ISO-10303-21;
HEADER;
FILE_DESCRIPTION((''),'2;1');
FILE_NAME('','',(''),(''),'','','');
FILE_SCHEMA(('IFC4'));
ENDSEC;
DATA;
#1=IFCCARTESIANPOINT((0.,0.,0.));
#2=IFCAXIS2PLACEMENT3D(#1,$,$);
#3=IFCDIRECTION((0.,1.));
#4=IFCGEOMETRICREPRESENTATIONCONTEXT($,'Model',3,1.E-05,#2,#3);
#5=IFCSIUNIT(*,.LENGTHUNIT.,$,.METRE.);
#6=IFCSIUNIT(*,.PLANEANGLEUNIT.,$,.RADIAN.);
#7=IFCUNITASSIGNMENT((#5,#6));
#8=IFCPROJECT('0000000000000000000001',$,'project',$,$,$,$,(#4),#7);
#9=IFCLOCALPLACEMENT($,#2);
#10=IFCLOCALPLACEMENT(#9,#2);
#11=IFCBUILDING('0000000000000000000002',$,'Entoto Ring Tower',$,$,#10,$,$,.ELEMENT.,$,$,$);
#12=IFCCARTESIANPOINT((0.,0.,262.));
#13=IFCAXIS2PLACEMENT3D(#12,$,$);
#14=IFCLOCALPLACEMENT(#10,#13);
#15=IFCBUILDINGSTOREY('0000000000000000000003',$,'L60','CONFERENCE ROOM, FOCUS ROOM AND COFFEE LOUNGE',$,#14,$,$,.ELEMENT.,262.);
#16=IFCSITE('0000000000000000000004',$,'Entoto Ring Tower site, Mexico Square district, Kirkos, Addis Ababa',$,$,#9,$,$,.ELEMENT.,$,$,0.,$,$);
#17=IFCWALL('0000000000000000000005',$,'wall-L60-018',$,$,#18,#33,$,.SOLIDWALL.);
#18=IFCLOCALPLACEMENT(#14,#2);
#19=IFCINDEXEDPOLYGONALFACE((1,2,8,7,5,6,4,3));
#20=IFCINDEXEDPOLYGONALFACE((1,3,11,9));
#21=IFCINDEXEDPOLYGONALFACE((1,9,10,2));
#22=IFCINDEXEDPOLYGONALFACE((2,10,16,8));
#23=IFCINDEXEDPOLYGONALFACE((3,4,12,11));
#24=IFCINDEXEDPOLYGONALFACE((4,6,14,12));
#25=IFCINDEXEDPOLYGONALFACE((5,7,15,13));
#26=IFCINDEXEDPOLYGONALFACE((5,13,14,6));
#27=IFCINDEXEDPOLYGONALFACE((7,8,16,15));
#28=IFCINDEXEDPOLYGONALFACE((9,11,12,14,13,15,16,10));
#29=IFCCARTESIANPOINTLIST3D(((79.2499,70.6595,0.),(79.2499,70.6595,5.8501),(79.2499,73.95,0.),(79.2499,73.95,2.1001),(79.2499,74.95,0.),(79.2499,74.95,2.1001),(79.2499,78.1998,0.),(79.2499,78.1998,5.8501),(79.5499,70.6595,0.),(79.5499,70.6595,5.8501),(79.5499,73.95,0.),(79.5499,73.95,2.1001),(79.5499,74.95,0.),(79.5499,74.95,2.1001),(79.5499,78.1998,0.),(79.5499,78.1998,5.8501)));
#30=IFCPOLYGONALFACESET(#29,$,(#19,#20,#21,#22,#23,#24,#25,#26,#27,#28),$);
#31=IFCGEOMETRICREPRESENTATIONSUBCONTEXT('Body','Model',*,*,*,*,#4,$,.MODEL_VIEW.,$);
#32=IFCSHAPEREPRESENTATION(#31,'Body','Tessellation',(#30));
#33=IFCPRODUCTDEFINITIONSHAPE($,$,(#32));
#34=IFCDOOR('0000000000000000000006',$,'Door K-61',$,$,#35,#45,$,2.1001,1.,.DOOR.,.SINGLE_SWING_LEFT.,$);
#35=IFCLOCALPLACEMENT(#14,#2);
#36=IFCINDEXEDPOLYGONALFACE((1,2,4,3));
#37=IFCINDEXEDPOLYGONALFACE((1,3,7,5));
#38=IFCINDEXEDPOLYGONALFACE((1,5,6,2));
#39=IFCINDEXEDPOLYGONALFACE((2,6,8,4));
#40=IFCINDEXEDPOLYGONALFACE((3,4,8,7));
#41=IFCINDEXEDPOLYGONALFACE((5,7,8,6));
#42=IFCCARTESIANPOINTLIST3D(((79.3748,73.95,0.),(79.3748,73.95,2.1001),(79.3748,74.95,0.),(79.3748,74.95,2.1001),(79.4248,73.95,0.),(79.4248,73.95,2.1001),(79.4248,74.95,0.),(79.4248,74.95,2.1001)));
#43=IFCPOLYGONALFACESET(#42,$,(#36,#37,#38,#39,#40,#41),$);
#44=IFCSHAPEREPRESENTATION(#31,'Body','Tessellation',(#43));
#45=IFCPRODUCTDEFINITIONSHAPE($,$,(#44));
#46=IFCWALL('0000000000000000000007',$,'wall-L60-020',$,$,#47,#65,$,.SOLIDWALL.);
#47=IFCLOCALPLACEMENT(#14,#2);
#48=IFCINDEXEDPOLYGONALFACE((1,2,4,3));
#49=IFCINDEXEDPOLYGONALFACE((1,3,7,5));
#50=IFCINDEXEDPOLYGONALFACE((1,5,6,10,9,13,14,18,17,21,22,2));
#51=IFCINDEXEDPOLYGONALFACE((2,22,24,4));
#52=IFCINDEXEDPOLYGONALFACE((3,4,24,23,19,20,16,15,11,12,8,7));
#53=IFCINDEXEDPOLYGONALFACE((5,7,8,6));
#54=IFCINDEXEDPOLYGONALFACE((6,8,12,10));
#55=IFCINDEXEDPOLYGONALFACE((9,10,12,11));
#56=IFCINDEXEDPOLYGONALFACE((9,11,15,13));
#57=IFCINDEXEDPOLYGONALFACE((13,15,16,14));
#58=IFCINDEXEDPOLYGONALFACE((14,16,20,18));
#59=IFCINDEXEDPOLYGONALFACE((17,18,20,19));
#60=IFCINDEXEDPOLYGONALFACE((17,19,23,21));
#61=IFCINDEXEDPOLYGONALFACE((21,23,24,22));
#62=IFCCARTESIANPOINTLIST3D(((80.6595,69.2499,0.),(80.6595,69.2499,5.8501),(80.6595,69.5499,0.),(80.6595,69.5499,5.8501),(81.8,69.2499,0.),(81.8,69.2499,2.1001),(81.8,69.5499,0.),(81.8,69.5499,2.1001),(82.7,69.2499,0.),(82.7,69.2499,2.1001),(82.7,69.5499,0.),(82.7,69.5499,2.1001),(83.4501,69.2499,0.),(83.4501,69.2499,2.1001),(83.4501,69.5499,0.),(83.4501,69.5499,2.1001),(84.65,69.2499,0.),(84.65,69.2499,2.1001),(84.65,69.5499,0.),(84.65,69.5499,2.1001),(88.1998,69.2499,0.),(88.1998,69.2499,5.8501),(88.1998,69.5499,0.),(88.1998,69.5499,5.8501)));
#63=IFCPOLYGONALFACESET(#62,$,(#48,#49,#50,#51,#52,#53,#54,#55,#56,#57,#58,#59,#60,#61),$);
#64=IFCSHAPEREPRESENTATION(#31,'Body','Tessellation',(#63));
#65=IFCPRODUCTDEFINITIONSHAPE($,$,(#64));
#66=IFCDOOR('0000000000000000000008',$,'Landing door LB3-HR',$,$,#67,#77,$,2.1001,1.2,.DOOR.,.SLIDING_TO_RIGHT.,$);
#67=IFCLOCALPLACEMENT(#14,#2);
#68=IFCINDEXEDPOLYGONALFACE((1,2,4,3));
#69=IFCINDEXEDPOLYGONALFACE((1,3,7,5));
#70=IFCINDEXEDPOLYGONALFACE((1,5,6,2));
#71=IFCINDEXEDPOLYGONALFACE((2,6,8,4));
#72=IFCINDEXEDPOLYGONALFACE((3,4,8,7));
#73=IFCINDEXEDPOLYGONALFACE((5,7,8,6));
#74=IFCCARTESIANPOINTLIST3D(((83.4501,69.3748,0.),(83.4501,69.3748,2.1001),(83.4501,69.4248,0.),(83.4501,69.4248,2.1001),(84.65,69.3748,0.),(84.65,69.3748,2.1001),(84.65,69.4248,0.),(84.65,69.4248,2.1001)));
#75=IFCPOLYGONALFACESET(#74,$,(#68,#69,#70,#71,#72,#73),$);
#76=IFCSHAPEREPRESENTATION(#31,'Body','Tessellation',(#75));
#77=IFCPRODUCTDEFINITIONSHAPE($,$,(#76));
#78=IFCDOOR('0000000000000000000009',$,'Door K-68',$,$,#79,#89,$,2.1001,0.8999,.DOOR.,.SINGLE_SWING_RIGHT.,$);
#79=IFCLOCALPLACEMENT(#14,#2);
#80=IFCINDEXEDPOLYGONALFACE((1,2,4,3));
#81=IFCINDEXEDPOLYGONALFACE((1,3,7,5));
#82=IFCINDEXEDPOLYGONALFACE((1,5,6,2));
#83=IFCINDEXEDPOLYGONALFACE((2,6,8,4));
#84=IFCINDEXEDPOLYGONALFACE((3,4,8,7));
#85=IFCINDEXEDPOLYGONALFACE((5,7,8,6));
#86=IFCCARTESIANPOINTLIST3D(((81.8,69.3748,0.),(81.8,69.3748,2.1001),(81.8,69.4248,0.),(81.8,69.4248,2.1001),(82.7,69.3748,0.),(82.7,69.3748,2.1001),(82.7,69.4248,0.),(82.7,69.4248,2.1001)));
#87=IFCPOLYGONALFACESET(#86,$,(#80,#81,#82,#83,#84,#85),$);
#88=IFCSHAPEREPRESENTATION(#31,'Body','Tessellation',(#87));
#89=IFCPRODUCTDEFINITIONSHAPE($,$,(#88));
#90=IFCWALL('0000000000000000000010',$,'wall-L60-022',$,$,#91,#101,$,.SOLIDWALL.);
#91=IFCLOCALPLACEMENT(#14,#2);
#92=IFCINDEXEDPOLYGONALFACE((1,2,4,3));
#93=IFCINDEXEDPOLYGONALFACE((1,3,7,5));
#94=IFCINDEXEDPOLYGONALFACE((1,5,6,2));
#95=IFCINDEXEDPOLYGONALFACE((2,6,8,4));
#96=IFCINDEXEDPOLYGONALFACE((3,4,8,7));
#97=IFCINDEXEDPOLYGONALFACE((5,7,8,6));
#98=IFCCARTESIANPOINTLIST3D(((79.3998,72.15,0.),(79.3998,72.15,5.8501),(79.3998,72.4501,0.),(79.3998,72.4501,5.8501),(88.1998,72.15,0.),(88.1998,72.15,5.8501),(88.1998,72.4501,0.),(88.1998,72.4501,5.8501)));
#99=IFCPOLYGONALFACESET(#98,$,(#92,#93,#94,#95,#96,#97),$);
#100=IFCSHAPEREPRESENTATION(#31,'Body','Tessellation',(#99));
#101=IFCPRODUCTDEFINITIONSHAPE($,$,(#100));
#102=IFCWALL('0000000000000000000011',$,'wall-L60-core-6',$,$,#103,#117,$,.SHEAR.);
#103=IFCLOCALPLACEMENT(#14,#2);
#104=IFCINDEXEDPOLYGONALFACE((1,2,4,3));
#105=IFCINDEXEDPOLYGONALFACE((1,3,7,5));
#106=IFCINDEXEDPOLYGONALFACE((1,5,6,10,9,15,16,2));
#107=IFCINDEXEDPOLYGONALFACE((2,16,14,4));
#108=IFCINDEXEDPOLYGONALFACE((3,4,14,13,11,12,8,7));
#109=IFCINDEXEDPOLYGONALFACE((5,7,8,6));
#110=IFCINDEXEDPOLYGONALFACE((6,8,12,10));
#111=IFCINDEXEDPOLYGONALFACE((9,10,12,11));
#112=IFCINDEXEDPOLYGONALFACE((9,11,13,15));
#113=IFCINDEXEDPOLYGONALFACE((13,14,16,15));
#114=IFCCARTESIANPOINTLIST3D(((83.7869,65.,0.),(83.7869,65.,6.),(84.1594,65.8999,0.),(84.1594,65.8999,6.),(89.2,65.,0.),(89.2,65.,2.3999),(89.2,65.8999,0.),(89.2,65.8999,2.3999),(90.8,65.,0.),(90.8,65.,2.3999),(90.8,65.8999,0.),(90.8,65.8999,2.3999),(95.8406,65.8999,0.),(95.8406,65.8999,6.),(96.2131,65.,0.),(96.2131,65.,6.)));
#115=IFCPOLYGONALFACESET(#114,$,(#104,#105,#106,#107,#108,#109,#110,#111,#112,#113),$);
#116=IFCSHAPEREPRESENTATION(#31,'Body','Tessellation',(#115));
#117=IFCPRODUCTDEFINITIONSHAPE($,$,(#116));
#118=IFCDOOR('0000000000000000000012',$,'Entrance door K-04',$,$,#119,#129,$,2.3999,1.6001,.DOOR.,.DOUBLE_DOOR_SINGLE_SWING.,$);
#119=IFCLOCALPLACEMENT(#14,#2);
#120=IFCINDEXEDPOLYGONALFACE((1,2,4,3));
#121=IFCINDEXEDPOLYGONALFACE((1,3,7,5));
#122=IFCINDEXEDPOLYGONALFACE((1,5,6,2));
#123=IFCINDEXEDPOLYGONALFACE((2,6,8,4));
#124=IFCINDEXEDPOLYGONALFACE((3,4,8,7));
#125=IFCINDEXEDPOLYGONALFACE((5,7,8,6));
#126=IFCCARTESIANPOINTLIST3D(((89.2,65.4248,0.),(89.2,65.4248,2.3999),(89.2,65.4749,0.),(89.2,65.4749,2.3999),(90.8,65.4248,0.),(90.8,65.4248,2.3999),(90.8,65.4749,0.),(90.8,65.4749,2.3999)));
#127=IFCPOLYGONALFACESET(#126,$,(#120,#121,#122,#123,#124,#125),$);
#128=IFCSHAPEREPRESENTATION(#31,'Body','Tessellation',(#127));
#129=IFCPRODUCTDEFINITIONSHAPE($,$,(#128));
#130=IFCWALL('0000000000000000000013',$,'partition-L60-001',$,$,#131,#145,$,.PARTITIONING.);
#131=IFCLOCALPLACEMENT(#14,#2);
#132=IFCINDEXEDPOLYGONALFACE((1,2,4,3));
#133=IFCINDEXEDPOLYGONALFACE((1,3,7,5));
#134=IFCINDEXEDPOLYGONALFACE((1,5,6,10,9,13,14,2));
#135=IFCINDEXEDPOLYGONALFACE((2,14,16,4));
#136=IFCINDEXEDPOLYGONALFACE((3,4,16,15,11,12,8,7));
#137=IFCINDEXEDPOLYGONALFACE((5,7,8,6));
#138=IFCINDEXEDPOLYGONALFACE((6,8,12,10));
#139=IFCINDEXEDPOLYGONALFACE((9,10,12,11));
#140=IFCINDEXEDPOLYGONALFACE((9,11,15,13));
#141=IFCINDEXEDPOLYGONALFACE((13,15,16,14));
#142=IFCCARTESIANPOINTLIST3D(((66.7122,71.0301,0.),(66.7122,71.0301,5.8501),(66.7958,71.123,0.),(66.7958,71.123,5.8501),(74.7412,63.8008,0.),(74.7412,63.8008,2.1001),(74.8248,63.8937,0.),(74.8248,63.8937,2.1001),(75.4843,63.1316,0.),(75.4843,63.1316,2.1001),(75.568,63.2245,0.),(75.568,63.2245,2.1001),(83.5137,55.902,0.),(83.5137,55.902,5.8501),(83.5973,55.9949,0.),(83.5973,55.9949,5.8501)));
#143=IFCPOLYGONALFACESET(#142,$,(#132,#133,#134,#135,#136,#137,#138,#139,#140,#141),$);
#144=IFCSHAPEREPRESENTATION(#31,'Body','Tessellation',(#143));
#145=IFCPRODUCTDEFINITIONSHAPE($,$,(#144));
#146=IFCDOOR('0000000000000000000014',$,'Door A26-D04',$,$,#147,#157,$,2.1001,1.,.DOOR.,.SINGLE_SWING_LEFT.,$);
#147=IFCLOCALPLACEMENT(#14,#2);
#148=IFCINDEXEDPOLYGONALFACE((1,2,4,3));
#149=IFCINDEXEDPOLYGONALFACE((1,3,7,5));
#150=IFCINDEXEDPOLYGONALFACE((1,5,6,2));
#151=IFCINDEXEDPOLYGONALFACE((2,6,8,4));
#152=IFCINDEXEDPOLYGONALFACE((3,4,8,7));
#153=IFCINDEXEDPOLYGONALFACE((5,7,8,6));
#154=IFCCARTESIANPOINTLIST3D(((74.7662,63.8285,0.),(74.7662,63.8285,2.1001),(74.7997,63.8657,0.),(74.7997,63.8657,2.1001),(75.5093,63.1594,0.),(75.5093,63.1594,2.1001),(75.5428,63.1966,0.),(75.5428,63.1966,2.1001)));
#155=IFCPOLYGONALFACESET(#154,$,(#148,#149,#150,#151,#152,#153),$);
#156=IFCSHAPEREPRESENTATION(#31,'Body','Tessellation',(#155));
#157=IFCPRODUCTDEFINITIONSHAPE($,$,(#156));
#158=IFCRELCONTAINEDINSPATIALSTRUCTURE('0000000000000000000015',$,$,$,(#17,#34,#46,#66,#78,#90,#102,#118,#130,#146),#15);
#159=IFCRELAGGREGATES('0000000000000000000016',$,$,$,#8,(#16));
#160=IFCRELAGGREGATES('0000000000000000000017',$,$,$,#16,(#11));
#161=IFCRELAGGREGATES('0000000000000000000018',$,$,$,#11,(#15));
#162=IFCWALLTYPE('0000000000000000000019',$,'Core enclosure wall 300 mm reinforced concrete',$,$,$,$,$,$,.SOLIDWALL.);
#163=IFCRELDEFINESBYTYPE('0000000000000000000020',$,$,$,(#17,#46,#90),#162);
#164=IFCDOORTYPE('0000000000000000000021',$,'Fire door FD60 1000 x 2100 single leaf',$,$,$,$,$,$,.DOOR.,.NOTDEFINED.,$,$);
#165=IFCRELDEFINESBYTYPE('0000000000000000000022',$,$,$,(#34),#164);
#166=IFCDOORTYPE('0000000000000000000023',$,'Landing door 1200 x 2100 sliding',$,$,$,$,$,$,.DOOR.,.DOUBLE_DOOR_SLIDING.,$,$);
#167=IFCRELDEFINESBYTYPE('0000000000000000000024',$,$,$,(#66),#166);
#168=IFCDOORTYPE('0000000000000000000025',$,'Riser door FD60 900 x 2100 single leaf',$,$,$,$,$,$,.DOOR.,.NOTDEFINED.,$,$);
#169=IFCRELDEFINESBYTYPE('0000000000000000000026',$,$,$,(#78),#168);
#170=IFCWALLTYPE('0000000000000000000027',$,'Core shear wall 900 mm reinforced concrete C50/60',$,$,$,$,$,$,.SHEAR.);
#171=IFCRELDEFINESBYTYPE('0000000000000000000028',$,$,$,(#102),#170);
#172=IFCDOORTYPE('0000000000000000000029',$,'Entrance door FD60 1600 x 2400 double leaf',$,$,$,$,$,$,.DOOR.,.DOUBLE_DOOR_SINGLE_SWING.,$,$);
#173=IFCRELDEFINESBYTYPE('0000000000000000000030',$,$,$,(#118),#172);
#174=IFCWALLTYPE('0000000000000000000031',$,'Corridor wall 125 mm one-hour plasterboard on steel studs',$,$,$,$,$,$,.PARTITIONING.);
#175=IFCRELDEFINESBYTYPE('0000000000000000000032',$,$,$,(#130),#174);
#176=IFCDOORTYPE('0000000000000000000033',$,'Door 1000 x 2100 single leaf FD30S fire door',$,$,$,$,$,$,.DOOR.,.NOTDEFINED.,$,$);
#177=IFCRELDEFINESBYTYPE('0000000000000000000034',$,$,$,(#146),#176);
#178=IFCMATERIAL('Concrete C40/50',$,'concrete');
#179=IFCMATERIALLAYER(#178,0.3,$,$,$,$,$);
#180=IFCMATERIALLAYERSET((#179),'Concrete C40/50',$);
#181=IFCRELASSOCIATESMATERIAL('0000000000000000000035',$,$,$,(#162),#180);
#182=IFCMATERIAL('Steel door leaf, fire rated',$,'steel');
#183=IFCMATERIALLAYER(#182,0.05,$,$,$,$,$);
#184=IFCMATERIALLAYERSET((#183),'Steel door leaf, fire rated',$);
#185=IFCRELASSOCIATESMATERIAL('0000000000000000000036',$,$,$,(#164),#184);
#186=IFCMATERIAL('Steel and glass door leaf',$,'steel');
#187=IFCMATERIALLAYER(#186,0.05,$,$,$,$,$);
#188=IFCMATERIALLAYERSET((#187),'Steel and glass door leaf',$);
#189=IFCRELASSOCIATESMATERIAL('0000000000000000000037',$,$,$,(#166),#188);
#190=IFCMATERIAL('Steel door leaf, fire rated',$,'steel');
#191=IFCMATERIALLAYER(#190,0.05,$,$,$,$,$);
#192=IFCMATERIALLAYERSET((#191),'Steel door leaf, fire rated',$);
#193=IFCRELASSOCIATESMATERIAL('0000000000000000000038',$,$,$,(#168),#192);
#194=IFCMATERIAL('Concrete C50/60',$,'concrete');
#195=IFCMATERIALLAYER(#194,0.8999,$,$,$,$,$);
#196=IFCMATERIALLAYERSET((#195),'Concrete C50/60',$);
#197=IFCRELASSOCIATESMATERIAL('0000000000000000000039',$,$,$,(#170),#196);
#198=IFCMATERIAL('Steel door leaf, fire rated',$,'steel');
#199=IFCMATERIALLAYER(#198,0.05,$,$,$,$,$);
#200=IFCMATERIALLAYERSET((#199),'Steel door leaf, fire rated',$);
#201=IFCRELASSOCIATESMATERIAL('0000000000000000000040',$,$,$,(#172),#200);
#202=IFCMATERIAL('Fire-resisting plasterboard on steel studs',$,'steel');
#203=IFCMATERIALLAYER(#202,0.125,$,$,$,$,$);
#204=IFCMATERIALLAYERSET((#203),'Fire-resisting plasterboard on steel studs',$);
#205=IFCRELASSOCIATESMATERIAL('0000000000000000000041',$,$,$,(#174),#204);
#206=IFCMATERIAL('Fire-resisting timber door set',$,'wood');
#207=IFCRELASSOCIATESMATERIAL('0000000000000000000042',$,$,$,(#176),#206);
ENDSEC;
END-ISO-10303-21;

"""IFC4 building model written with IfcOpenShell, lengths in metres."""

from ifc_helpers import new_model, si_unit, direction, frame, frame_2d, origin, place, context, subcontext, project, spatial, polyline, rectangle, outline, extrude, material, layer, layer_set, type_object, element, fill, save


model = new_model("IFC4")

# Units and contexts
model_context = context("Model", 3, precision=1e-05, world=origin(), true_north=direction((0.0, 1.0)))
body_context = subcontext(model_context, "Body", "Model", "MODEL_VIEW")
ifc_project = project(units=[si_unit("LENGTHUNIT", "METRE"), si_unit("PLANEANGLEUNIT", "RADIAN")], contexts=[model_context])

# Site, building, storey
site_placement = place(None, origin())
site = spatial("IfcSite", under=ifc_project, at=site_placement, Name="Entoto Ring Tower site, Mexico Square district, Kirkos, Addis Ababa", CompositionType="ELEMENT", RefElevation=0.0)
building_placement = place(site_placement, origin())
building = spatial("IfcBuilding", under=site, at=building_placement, Name="Entoto Ring Tower", CompositionType="ELEMENT")
storey_placement = place(building_placement, frame((0.0, 0.0, 262.0)))
storey = spatial("IfcBuildingStorey", under=building, at=storey_placement, Name="L60", Description="CONFERENCE ROOM, FOCUS ROOM AND COFFEE LOUNGE", CompositionType="ELEMENT", Elevation=262.0)

# Shared definitions
ifc_material_1 = material(Name="Concrete C40/50", Category="concrete")
ifc_layer_1 = layer(ifc_material_1, 0.3)
ifc_layer_set_1 = layer_set([ifc_layer_1], Name="Concrete C40/50")
wall_type_1 = type_object("IfcWallType", Name="Core enclosure wall 300 mm reinforced concrete", PredefinedType="SOLIDWALL", material=ifc_layer_set_1)

# Wall, opening, door
wall_1_placement = place(storey_placement, frame((79.3999, 70.6597, 0.0), z_axis=(0.0, 0.0, 1.0), x_axis=(0.0, 1.0, 0.0)))
wall_1 = element("IfcWall", 1, at=wall_1_placement, inside=storey, type_object=wall_type_1, Name="wall-L60-018", PredefinedType="SOLIDWALL", context=body_context, shape_type="SweptSolid", body=[
    extrude(rectangle(XDim=7.5403, YDim=0.3, at=frame_2d((3.77, 0.0))), origin(), (0.0, 0.0, 1.0), 5.8501),
])
opening_1_placement = place(wall_1_placement, frame((3.2903, 0.0, 0.0)))
opening_1 = element("IfcOpeningElement", 2, at=opening_1_placement, cuts=wall_1, PredefinedType="OPENING", context=body_context, shape_type="SweptSolid", body=[
    extrude(rectangle(XDim=1.0, YDim=2.1001, at=frame_2d((0.5, 1.05))), frame((0.0, 0.1602, 0.0), z_axis=(0.0, -1.0, 0.0), x_axis=(1.0, 0.0, 0.0)), (0.0, 0.0, 1.0), 0.3201),
])
ifc_material_2 = material(Name="Steel door leaf, fire rated", Category="steel")
ifc_layer_2 = layer(ifc_material_2, 0.05)
ifc_layer_set_2 = layer_set([ifc_layer_2], Name="Steel door leaf, fire rated")
door_type_1 = type_object("IfcDoorType", Name="Fire door FD60 1000 x 2100 single leaf", OperationType="NOTDEFINED", PredefinedType="DOOR", material=ifc_layer_set_2)
door_1_placement = place(opening_1_placement, frame((1.0, 0.0, 0.0), z_axis=(0.0, 0.0, 1.0), x_axis=(-1.0, 0.0, 0.0)))
door_1 = element("IfcDoor", 3, at=door_1_placement, inside=storey, type_object=door_type_1, Name="Door K-61", OperationType="SINGLE_SWING_LEFT", OverallHeight=2.1001, OverallWidth=1.0, PredefinedType="DOOR", context=body_context, shape_type="SweptSolid", body=[
    extrude(rectangle(XDim=1.0, YDim=2.1001, at=frame_2d((0.5, 1.05))), frame((0.0, 0.0249, 0.0), z_axis=(0.0, -1.0, 0.0), x_axis=(1.0, 0.0, 0.0)), (0.0, 0.0, 1.0), 0.05),
])
fill(opening_1, door_1)

# Wall, openings, doors
wall_2_placement = place(storey_placement, frame((80.6597, 69.3999, 0.0), z_axis=(0.0, 0.0, 1.0), x_axis=(1.0, 0.0, 0.0)))
wall_2 = element("IfcWall", 4, at=wall_2_placement, inside=storey, type_object=wall_type_1, Name="wall-L60-020", PredefinedType="SOLIDWALL", context=body_context, shape_type="SweptSolid", body=[
    extrude(rectangle(XDim=7.5403, YDim=0.3, at=frame_2d((3.77, 0.0))), origin(), (0.0, 0.0, 1.0), 5.8501),
])
opening_2_placement = place(wall_2_placement, frame((2.7903, 0.0, 0.0)))
opening_2 = element("IfcOpeningElement", 5, at=opening_2_placement, cuts=wall_2, PredefinedType="OPENING", context=body_context, shape_type="SweptSolid", body=[
    extrude(rectangle(XDim=1.2, YDim=2.1001, at=frame_2d((0.6001, 1.05))), frame((0.0, 0.1602, 0.0), z_axis=(0.0, -1.0, 0.0), x_axis=(1.0, 0.0, 0.0)), (0.0, 0.0, 1.0), 0.3201),
])
opening_3_placement = place(wall_2_placement, frame((1.1404, 0.0, 0.0)))
opening_3 = element("IfcOpeningElement", 6, at=opening_3_placement, cuts=wall_2, PredefinedType="OPENING", context=body_context, shape_type="SweptSolid", body=[
    extrude(rectangle(XDim=0.8999, YDim=2.1001, at=frame_2d((0.45, 1.05))), frame((0.0, 0.1602, 0.0), z_axis=(0.0, -1.0, 0.0), x_axis=(1.0, 0.0, 0.0)), (0.0, 0.0, 1.0), 0.3201),
])
ifc_material_3 = material(Name="Steel and glass door leaf", Category="steel")
ifc_layer_3 = layer(ifc_material_3, 0.05)
ifc_layer_set_3 = layer_set([ifc_layer_3], Name="Steel and glass door leaf")
door_type_2 = type_object("IfcDoorType", Name="Landing door 1200 x 2100 sliding", OperationType="DOUBLE_DOOR_SLIDING", PredefinedType="DOOR", material=ifc_layer_set_3)
door_2_placement = place(opening_2_placement, origin())
door_2 = element("IfcDoor", 7, at=door_2_placement, inside=storey, type_object=door_type_2, Name="Landing door LB3-HR", OperationType="SLIDING_TO_RIGHT", OverallHeight=2.1001, OverallWidth=1.2, PredefinedType="DOOR", context=body_context, shape_type="SweptSolid", body=[
    extrude(rectangle(XDim=1.2, YDim=2.1001, at=frame_2d((0.6001, 1.05))), frame((0.0, 0.0249, 0.0), z_axis=(0.0, -1.0, 0.0), x_axis=(1.0, 0.0, 0.0)), (0.0, 0.0, 1.0), 0.05),
])
fill(opening_2, door_2)
ifc_material_4 = material(Name="Steel door leaf, fire rated", Category="steel")
ifc_layer_4 = layer(ifc_material_4, 0.05)
ifc_layer_set_4 = layer_set([ifc_layer_4], Name="Steel door leaf, fire rated")
door_type_3 = type_object("IfcDoorType", Name="Riser door FD60 900 x 2100 single leaf", OperationType="NOTDEFINED", PredefinedType="DOOR", material=ifc_layer_set_4)
door_3_placement = place(opening_3_placement, origin())
door_3 = element("IfcDoor", 8, at=door_3_placement, inside=storey, type_object=door_type_3, Name="Door K-68", OperationType="SINGLE_SWING_RIGHT", OverallHeight=2.1001, OverallWidth=0.8999, PredefinedType="DOOR", context=body_context, shape_type="SweptSolid", body=[
    extrude(rectangle(XDim=0.8999, YDim=2.1001, at=frame_2d((0.45, 1.05))), frame((0.0, 0.0249, 0.0), z_axis=(0.0, -1.0, 0.0), x_axis=(1.0, 0.0, 0.0)), (0.0, 0.0, 1.0), 0.05),
])
fill(opening_3, door_3)

# Wall
wall_3_placement = place(storey_placement, frame((79.3999, 72.3, 0.0), z_axis=(0.0, 0.0, 1.0), x_axis=(1.0, 0.0, 0.0)))
element("IfcWall", 9, at=wall_3_placement, inside=storey, type_object=wall_type_1, Name="wall-L60-022", PredefinedType="SOLIDWALL", context=body_context, shape_type="SweptSolid", body=[
    extrude(rectangle(XDim=8.8, YDim=0.3, at=frame_2d((4.3999, 0.0))), origin(), (0.0, 0.0, 1.0), 5.8501),
])

# Walls, openings, doors
ifc_material_5 = material(Name="Concrete C50/60", Category="concrete")
ifc_layer_5 = layer(ifc_material_5, 0.8999)
ifc_layer_set_5 = layer_set([ifc_layer_5], Name="Concrete C50/60")
wall_type_2 = type_object("IfcWallType", Name="Core shear wall 900 mm reinforced concrete C50/60", PredefinedType="SHEAR", material=ifc_layer_set_5)
wall_4_placement = place(storey_placement, frame((83.9731, 65.45, 0.0), z_axis=(0.0, 0.0, 1.0), x_axis=(1.0, 0.0, 0.0)))
wall_4 = element("IfcWall", 10, at=wall_4_placement, inside=storey, type_object=wall_type_2, Name="wall-L60-core-6", PredefinedType="SHEAR", context=body_context, shape_type="SweptSolid", body=[
    extrude(outline(polyline([(-0.1863, -0.45), (12.24, -0.45), (11.8674, 0.45), (0.1863, 0.45), (-0.1863, -0.45)])), origin(), (0.0, 0.0, 1.0), 6.0),
])
opening_4_placement = place(wall_4_placement, frame((5.2268, 0.0, 0.0)))
opening_4 = element("IfcOpeningElement", 11, at=opening_4_placement, cuts=wall_4, PredefinedType="OPENING", context=body_context, shape_type="SweptSolid", body=[
    extrude(rectangle(XDim=1.6001, YDim=2.3999, at=frame_2d((0.8, 1.2))), frame((0.0, 0.46, 0.0), z_axis=(0.0, -1.0, 0.0), x_axis=(1.0, 0.0, 0.0)), (0.0, 0.0, 1.0), 0.9199),
])
ifc_material_6 = material(Name="Steel door leaf, fire rated", Category="steel")
ifc_layer_6 = layer(ifc_material_6, 0.05)
ifc_layer_set_6 = layer_set([ifc_layer_6], Name="Steel door leaf, fire rated")
door_type_4 = type_object("IfcDoorType", Name="Entrance door FD60 1600 x 2400 double leaf", OperationType="DOUBLE_DOOR_SINGLE_SWING", PredefinedType="DOOR", material=ifc_layer_set_6)
door_4_placement = place(opening_4_placement, origin())
door_4 = element("IfcDoor", 12, at=door_4_placement, inside=storey, type_object=door_type_4, Name="Entrance door K-04", OperationType="DOUBLE_DOOR_SINGLE_SWING", OverallHeight=2.3999, OverallWidth=1.6001, PredefinedType="DOOR", context=body_context, shape_type="SweptSolid", body=[
    extrude(rectangle(XDim=1.6001, YDim=2.3999, at=frame_2d((0.8, 1.2))), frame((0.0, 0.0249, 0.0), z_axis=(0.0, -1.0, 0.0), x_axis=(1.0, 0.0, 0.0)), (0.0, 0.0, 1.0), 0.05),
])
fill(opening_4, door_4)
ifc_material_7 = material(Name="Fire-resisting plasterboard on steel studs", Category="steel")
ifc_layer_7 = layer(ifc_material_7, 0.125)
ifc_layer_set_7 = layer_set([ifc_layer_7], Name="Fire-resisting plasterboard on steel studs")
wall_type_3 = type_object("IfcWallType", Name="Corridor wall 125 mm one-hour plasterboard on steel studs", PredefinedType="PARTITIONING", material=ifc_layer_set_7)
wall_5_placement = place(storey_placement, frame((83.5554, 55.9485, 0.0), z_axis=(0.0, 0.0, 1.0), x_axis=(-0.743144, 0.669131, 0.0)))
wall_5 = element("IfcWall", 13, at=wall_5_placement, inside=storey, type_object=wall_type_3, Name="partition-L60-001", PredefinedType="PARTITIONING", context=body_context, shape_type="SweptSolid", body=[
    extrude(rectangle(XDim=22.6086, YDim=0.125, at=frame_2d((11.3042, 0.0))), origin(), (0.0, 0.0, 1.0), 5.8501),
])
opening_5_placement = place(wall_5_placement, frame((10.8044, 0.0, 0.0)))
opening_5 = element("IfcOpeningElement", 14, at=opening_5_placement, cuts=wall_5, PredefinedType="OPENING", context=body_context, shape_type="SweptSolid", body=[
    extrude(rectangle(XDim=1.0, YDim=2.1001, at=frame_2d((0.5, 1.05))), frame((0.0, 0.0725, 0.0), z_axis=(0.0, -1.0, 0.0), x_axis=(1.0, 0.0, 0.0)), (0.0, 0.0, 1.0), 0.145),
])
ifc_material_8 = material(Name="Fire-resisting timber door set", Category="wood")
door_type_5 = type_object("IfcDoorType", Name="Door 1000 x 2100 single leaf FD30S fire door", OperationType="NOTDEFINED", PredefinedType="DOOR", material=ifc_material_8)
door_5_placement = place(opening_5_placement, frame((1.0, 0.0, 0.0), z_axis=(0.0, 0.0, 1.0), x_axis=(-1.0, 0.0, 0.0)))
door_5 = element("IfcDoor", 15, at=door_5_placement, inside=storey, type_object=door_type_5, Name="Door A26-D04", OperationType="SINGLE_SWING_LEFT", OverallHeight=2.1001, OverallWidth=1.0, PredefinedType="DOOR", context=body_context, shape_type="SweptSolid", body=[
    extrude(rectangle(XDim=1.0, YDim=2.1001, at=frame_2d((0.5, 1.05))), frame((0.0, 0.0249, 0.0), z_axis=(0.0, -1.0, 0.0), x_axis=(1.0, 0.0, 0.0)), (0.0, 0.0, 1.0), 0.05),
])
fill(opening_5, door_5)

save(model, "model.ifc")
